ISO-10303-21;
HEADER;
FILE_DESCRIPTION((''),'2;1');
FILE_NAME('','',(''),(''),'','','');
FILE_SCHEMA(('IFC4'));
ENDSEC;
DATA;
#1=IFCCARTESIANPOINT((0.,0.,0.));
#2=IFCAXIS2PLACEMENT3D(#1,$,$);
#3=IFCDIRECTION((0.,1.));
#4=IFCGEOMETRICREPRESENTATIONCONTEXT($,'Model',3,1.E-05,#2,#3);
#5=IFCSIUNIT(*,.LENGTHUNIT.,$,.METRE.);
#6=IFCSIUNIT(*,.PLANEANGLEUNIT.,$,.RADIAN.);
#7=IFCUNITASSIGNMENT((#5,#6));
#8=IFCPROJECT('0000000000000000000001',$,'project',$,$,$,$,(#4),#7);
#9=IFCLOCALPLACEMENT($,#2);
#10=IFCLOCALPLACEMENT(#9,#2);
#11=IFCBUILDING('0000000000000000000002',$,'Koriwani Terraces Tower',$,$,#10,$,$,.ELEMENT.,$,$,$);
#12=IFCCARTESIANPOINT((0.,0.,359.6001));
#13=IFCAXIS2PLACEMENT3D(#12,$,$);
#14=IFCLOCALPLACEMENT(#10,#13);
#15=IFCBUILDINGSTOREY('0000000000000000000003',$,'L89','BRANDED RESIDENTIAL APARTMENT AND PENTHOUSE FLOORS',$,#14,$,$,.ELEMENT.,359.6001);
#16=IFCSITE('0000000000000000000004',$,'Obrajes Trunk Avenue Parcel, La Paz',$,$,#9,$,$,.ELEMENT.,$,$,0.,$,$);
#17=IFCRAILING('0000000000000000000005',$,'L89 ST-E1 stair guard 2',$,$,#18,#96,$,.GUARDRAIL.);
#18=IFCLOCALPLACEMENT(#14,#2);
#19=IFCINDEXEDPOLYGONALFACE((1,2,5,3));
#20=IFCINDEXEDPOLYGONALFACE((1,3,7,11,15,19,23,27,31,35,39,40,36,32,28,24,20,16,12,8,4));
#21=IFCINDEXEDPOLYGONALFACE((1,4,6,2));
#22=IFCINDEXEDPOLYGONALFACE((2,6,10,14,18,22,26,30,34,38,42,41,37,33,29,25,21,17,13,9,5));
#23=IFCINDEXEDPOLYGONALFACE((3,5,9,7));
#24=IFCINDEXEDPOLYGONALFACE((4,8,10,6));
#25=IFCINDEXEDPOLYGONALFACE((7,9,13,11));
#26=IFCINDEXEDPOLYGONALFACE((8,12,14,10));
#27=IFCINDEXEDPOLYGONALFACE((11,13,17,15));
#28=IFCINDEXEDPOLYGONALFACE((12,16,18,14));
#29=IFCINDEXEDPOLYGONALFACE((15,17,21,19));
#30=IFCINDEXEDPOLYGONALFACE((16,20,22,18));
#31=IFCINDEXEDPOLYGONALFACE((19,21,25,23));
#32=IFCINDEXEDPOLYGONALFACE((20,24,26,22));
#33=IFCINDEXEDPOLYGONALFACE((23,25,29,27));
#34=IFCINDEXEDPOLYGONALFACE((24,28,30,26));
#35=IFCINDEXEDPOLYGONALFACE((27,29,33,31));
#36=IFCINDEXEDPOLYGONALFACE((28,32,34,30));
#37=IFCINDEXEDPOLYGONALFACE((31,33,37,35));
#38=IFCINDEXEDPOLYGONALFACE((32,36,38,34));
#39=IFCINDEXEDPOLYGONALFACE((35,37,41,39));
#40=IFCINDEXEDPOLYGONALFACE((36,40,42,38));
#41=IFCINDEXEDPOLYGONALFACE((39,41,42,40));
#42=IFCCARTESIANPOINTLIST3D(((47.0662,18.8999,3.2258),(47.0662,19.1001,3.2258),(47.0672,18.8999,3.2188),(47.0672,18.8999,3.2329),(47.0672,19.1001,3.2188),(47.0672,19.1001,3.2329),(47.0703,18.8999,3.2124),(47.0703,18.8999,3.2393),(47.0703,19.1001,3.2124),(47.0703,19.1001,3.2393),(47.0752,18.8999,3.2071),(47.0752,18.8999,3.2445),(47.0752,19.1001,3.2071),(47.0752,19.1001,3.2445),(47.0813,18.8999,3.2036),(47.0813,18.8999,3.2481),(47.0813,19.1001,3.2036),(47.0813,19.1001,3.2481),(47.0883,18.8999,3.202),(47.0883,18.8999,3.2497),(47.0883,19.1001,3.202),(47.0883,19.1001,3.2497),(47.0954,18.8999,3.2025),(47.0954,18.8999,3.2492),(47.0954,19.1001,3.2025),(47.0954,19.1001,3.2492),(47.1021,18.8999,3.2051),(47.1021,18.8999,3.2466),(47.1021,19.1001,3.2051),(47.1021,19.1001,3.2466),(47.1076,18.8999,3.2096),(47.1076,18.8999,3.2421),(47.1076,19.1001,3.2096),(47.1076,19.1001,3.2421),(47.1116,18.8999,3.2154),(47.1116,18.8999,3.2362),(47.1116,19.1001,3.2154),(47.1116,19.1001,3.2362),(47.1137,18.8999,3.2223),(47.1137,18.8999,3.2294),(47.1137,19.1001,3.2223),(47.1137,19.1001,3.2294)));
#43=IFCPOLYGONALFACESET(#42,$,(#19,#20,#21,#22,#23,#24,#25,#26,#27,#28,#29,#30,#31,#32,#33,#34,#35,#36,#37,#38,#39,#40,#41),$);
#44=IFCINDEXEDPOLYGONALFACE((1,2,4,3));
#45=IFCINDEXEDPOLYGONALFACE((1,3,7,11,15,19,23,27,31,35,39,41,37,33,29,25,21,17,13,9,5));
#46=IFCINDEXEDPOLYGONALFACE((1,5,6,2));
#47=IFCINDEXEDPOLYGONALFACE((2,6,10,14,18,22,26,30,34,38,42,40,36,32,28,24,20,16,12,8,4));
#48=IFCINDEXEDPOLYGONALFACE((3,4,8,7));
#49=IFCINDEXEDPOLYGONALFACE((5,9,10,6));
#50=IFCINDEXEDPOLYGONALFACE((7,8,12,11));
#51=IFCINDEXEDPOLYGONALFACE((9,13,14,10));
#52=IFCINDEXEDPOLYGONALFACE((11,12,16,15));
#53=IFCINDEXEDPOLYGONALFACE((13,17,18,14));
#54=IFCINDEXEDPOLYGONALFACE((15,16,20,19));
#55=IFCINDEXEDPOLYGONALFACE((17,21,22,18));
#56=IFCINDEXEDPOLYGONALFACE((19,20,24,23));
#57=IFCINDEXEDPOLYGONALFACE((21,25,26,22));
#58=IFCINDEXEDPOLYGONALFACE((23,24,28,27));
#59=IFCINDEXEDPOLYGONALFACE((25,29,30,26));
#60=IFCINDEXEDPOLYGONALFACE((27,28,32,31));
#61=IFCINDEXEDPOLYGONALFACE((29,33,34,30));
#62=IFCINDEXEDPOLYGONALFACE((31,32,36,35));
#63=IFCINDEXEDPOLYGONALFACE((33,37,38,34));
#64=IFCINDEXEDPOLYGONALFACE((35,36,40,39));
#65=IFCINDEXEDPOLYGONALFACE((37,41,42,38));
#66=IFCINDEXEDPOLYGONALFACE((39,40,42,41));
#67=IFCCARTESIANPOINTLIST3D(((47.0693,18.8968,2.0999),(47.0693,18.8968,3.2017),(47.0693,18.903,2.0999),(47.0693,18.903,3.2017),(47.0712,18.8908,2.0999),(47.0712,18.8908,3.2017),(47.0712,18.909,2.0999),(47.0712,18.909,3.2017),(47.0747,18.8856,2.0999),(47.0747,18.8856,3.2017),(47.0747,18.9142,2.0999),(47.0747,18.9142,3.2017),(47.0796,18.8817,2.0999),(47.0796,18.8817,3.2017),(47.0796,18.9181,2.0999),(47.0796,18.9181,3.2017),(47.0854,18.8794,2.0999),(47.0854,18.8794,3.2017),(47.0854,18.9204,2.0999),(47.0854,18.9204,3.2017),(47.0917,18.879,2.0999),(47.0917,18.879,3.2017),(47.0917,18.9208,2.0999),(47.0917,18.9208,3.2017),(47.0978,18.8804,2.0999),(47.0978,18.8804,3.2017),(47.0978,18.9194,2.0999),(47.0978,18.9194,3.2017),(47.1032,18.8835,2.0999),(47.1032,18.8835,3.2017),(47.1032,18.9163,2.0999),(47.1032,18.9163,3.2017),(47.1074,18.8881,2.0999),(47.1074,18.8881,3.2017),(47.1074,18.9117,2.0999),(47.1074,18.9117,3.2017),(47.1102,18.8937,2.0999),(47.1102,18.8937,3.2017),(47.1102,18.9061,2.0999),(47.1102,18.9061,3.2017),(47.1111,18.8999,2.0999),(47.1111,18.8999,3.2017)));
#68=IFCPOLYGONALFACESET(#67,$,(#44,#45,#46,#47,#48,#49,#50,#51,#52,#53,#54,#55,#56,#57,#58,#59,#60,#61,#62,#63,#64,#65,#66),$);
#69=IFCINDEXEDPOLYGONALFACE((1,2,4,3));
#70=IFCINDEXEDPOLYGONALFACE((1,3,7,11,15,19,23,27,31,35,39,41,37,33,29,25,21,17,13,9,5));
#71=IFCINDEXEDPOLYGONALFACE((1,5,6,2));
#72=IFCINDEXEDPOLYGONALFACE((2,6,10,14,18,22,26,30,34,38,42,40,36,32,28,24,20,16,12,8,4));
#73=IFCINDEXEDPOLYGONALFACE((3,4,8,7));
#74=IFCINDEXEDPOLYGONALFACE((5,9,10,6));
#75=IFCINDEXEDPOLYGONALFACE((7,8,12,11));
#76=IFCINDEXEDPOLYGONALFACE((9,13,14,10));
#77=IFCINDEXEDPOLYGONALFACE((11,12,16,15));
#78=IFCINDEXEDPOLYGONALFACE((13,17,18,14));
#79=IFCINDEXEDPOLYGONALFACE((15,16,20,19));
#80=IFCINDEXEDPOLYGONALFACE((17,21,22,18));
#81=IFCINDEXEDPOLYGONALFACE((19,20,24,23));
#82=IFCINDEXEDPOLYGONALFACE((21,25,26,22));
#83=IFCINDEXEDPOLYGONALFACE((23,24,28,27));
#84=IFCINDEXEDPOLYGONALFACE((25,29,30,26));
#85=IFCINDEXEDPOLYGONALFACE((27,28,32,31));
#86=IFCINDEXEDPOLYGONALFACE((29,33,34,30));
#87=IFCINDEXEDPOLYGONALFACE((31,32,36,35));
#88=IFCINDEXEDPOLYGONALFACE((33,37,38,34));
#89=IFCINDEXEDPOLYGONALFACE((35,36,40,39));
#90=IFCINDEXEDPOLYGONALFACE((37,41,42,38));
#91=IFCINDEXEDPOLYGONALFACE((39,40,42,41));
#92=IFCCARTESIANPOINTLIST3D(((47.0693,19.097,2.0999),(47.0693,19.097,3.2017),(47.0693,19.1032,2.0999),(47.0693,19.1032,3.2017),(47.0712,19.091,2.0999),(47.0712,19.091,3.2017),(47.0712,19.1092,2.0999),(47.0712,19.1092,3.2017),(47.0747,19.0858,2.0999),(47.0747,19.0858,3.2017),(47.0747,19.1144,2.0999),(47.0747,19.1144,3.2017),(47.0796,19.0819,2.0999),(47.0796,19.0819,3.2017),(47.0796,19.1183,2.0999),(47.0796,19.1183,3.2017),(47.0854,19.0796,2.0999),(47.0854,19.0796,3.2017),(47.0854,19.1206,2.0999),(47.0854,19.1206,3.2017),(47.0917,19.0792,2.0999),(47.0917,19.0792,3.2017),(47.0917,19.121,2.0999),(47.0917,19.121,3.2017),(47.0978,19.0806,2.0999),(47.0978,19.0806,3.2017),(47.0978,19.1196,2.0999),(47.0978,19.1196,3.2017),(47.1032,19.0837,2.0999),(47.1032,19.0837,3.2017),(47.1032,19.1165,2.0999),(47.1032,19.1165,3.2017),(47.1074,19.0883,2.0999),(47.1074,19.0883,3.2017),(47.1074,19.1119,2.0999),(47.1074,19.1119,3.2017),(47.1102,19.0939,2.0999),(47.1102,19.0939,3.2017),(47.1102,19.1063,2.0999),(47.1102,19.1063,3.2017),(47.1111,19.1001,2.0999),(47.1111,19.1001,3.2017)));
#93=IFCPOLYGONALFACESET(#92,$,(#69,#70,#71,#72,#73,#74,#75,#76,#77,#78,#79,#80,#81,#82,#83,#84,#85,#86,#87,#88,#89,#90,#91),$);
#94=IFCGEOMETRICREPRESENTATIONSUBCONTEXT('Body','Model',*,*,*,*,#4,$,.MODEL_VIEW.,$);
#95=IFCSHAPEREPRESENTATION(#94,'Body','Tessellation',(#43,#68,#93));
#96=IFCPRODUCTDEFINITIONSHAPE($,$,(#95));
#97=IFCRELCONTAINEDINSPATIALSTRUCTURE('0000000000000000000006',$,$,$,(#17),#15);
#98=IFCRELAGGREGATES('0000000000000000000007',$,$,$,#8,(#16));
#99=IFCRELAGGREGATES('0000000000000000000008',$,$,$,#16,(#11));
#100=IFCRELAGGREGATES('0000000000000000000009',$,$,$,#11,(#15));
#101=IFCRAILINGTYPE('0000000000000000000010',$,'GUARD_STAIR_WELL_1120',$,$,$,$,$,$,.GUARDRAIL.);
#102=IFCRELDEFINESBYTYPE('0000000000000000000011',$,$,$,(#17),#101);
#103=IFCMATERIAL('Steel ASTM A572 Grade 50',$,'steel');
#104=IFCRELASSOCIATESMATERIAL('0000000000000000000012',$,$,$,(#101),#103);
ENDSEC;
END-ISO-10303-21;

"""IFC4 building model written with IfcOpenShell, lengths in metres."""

from ifc_helpers import new_model, si_unit, direction, frame, origin, origin_2d, place, context, subcontext, project, spatial, circle, extrude, material, type_object, element, save


model = new_model("IFC4")

# Units and contexts
model_context = context("Model", 3, precision=1e-05, world=origin(), true_north=direction((0.0, 1.0)))
body_context = subcontext(model_context, "Body", "Model", "MODEL_VIEW")
ifc_project = project(units=[si_unit("LENGTHUNIT", "METRE"), si_unit("PLANEANGLEUNIT", "RADIAN")], contexts=[model_context])

# Site, building, storey
site_placement = place(None, origin())
site = spatial("IfcSite", under=ifc_project, at=site_placement, Name="Obrajes Trunk Avenue Parcel, La Paz", CompositionType="ELEMENT", RefElevation=0.0)
building_placement = place(site_placement, origin())
building = spatial("IfcBuilding", under=site, at=building_placement, Name="Koriwani Terraces Tower", CompositionType="ELEMENT")
storey_placement = place(building_placement, frame((0.0, 0.0, 359.6001)))
storey = spatial("IfcBuildingStorey", under=building, at=storey_placement, Name="L89", Description="BRANDED RESIDENTIAL APARTMENT AND PENTHOUSE FLOORS", CompositionType="ELEMENT", Elevation=359.6001)

# Shared definitions
ifc_material_1 = material(Name="Steel ASTM A572 Grade 50", Category="steel")

# Railing
railing_type_1 = type_object("IfcRailingType", Name="GUARD_STAIR_WELL_1120", PredefinedType="GUARDRAIL", material=ifc_material_1)
railing_1_placement = place(storey_placement, frame((47.0901, 18.8999, 2.0999)))
element("IfcRailing", 1, at=railing_1_placement, inside=storey, type_object=railing_type_1, Name="L89 ST-E1 stair guard 2", PredefinedType="GUARDRAIL", context=body_context, shape_type="SweptSolid", body=[
    extrude(circle(Radius=0.0239, at=origin_2d()), frame((0.0, 0.0, 1.126), z_axis=(0.0, 1.0, 0.0), x_axis=(-1.0, 0.0, 0.0)), (0.0, 0.0, 1.0), 0.2002),
    extrude(circle(Radius=0.021, at=origin_2d()), origin(), (0.0, 0.0, 1.0), 1.1018),
    extrude(circle(Radius=0.021, at=origin_2d()), frame((0.0, 0.2002, 0.0)), (0.0, 0.0, 1.0), 1.1018),
])

save(model, "model.ifc")
